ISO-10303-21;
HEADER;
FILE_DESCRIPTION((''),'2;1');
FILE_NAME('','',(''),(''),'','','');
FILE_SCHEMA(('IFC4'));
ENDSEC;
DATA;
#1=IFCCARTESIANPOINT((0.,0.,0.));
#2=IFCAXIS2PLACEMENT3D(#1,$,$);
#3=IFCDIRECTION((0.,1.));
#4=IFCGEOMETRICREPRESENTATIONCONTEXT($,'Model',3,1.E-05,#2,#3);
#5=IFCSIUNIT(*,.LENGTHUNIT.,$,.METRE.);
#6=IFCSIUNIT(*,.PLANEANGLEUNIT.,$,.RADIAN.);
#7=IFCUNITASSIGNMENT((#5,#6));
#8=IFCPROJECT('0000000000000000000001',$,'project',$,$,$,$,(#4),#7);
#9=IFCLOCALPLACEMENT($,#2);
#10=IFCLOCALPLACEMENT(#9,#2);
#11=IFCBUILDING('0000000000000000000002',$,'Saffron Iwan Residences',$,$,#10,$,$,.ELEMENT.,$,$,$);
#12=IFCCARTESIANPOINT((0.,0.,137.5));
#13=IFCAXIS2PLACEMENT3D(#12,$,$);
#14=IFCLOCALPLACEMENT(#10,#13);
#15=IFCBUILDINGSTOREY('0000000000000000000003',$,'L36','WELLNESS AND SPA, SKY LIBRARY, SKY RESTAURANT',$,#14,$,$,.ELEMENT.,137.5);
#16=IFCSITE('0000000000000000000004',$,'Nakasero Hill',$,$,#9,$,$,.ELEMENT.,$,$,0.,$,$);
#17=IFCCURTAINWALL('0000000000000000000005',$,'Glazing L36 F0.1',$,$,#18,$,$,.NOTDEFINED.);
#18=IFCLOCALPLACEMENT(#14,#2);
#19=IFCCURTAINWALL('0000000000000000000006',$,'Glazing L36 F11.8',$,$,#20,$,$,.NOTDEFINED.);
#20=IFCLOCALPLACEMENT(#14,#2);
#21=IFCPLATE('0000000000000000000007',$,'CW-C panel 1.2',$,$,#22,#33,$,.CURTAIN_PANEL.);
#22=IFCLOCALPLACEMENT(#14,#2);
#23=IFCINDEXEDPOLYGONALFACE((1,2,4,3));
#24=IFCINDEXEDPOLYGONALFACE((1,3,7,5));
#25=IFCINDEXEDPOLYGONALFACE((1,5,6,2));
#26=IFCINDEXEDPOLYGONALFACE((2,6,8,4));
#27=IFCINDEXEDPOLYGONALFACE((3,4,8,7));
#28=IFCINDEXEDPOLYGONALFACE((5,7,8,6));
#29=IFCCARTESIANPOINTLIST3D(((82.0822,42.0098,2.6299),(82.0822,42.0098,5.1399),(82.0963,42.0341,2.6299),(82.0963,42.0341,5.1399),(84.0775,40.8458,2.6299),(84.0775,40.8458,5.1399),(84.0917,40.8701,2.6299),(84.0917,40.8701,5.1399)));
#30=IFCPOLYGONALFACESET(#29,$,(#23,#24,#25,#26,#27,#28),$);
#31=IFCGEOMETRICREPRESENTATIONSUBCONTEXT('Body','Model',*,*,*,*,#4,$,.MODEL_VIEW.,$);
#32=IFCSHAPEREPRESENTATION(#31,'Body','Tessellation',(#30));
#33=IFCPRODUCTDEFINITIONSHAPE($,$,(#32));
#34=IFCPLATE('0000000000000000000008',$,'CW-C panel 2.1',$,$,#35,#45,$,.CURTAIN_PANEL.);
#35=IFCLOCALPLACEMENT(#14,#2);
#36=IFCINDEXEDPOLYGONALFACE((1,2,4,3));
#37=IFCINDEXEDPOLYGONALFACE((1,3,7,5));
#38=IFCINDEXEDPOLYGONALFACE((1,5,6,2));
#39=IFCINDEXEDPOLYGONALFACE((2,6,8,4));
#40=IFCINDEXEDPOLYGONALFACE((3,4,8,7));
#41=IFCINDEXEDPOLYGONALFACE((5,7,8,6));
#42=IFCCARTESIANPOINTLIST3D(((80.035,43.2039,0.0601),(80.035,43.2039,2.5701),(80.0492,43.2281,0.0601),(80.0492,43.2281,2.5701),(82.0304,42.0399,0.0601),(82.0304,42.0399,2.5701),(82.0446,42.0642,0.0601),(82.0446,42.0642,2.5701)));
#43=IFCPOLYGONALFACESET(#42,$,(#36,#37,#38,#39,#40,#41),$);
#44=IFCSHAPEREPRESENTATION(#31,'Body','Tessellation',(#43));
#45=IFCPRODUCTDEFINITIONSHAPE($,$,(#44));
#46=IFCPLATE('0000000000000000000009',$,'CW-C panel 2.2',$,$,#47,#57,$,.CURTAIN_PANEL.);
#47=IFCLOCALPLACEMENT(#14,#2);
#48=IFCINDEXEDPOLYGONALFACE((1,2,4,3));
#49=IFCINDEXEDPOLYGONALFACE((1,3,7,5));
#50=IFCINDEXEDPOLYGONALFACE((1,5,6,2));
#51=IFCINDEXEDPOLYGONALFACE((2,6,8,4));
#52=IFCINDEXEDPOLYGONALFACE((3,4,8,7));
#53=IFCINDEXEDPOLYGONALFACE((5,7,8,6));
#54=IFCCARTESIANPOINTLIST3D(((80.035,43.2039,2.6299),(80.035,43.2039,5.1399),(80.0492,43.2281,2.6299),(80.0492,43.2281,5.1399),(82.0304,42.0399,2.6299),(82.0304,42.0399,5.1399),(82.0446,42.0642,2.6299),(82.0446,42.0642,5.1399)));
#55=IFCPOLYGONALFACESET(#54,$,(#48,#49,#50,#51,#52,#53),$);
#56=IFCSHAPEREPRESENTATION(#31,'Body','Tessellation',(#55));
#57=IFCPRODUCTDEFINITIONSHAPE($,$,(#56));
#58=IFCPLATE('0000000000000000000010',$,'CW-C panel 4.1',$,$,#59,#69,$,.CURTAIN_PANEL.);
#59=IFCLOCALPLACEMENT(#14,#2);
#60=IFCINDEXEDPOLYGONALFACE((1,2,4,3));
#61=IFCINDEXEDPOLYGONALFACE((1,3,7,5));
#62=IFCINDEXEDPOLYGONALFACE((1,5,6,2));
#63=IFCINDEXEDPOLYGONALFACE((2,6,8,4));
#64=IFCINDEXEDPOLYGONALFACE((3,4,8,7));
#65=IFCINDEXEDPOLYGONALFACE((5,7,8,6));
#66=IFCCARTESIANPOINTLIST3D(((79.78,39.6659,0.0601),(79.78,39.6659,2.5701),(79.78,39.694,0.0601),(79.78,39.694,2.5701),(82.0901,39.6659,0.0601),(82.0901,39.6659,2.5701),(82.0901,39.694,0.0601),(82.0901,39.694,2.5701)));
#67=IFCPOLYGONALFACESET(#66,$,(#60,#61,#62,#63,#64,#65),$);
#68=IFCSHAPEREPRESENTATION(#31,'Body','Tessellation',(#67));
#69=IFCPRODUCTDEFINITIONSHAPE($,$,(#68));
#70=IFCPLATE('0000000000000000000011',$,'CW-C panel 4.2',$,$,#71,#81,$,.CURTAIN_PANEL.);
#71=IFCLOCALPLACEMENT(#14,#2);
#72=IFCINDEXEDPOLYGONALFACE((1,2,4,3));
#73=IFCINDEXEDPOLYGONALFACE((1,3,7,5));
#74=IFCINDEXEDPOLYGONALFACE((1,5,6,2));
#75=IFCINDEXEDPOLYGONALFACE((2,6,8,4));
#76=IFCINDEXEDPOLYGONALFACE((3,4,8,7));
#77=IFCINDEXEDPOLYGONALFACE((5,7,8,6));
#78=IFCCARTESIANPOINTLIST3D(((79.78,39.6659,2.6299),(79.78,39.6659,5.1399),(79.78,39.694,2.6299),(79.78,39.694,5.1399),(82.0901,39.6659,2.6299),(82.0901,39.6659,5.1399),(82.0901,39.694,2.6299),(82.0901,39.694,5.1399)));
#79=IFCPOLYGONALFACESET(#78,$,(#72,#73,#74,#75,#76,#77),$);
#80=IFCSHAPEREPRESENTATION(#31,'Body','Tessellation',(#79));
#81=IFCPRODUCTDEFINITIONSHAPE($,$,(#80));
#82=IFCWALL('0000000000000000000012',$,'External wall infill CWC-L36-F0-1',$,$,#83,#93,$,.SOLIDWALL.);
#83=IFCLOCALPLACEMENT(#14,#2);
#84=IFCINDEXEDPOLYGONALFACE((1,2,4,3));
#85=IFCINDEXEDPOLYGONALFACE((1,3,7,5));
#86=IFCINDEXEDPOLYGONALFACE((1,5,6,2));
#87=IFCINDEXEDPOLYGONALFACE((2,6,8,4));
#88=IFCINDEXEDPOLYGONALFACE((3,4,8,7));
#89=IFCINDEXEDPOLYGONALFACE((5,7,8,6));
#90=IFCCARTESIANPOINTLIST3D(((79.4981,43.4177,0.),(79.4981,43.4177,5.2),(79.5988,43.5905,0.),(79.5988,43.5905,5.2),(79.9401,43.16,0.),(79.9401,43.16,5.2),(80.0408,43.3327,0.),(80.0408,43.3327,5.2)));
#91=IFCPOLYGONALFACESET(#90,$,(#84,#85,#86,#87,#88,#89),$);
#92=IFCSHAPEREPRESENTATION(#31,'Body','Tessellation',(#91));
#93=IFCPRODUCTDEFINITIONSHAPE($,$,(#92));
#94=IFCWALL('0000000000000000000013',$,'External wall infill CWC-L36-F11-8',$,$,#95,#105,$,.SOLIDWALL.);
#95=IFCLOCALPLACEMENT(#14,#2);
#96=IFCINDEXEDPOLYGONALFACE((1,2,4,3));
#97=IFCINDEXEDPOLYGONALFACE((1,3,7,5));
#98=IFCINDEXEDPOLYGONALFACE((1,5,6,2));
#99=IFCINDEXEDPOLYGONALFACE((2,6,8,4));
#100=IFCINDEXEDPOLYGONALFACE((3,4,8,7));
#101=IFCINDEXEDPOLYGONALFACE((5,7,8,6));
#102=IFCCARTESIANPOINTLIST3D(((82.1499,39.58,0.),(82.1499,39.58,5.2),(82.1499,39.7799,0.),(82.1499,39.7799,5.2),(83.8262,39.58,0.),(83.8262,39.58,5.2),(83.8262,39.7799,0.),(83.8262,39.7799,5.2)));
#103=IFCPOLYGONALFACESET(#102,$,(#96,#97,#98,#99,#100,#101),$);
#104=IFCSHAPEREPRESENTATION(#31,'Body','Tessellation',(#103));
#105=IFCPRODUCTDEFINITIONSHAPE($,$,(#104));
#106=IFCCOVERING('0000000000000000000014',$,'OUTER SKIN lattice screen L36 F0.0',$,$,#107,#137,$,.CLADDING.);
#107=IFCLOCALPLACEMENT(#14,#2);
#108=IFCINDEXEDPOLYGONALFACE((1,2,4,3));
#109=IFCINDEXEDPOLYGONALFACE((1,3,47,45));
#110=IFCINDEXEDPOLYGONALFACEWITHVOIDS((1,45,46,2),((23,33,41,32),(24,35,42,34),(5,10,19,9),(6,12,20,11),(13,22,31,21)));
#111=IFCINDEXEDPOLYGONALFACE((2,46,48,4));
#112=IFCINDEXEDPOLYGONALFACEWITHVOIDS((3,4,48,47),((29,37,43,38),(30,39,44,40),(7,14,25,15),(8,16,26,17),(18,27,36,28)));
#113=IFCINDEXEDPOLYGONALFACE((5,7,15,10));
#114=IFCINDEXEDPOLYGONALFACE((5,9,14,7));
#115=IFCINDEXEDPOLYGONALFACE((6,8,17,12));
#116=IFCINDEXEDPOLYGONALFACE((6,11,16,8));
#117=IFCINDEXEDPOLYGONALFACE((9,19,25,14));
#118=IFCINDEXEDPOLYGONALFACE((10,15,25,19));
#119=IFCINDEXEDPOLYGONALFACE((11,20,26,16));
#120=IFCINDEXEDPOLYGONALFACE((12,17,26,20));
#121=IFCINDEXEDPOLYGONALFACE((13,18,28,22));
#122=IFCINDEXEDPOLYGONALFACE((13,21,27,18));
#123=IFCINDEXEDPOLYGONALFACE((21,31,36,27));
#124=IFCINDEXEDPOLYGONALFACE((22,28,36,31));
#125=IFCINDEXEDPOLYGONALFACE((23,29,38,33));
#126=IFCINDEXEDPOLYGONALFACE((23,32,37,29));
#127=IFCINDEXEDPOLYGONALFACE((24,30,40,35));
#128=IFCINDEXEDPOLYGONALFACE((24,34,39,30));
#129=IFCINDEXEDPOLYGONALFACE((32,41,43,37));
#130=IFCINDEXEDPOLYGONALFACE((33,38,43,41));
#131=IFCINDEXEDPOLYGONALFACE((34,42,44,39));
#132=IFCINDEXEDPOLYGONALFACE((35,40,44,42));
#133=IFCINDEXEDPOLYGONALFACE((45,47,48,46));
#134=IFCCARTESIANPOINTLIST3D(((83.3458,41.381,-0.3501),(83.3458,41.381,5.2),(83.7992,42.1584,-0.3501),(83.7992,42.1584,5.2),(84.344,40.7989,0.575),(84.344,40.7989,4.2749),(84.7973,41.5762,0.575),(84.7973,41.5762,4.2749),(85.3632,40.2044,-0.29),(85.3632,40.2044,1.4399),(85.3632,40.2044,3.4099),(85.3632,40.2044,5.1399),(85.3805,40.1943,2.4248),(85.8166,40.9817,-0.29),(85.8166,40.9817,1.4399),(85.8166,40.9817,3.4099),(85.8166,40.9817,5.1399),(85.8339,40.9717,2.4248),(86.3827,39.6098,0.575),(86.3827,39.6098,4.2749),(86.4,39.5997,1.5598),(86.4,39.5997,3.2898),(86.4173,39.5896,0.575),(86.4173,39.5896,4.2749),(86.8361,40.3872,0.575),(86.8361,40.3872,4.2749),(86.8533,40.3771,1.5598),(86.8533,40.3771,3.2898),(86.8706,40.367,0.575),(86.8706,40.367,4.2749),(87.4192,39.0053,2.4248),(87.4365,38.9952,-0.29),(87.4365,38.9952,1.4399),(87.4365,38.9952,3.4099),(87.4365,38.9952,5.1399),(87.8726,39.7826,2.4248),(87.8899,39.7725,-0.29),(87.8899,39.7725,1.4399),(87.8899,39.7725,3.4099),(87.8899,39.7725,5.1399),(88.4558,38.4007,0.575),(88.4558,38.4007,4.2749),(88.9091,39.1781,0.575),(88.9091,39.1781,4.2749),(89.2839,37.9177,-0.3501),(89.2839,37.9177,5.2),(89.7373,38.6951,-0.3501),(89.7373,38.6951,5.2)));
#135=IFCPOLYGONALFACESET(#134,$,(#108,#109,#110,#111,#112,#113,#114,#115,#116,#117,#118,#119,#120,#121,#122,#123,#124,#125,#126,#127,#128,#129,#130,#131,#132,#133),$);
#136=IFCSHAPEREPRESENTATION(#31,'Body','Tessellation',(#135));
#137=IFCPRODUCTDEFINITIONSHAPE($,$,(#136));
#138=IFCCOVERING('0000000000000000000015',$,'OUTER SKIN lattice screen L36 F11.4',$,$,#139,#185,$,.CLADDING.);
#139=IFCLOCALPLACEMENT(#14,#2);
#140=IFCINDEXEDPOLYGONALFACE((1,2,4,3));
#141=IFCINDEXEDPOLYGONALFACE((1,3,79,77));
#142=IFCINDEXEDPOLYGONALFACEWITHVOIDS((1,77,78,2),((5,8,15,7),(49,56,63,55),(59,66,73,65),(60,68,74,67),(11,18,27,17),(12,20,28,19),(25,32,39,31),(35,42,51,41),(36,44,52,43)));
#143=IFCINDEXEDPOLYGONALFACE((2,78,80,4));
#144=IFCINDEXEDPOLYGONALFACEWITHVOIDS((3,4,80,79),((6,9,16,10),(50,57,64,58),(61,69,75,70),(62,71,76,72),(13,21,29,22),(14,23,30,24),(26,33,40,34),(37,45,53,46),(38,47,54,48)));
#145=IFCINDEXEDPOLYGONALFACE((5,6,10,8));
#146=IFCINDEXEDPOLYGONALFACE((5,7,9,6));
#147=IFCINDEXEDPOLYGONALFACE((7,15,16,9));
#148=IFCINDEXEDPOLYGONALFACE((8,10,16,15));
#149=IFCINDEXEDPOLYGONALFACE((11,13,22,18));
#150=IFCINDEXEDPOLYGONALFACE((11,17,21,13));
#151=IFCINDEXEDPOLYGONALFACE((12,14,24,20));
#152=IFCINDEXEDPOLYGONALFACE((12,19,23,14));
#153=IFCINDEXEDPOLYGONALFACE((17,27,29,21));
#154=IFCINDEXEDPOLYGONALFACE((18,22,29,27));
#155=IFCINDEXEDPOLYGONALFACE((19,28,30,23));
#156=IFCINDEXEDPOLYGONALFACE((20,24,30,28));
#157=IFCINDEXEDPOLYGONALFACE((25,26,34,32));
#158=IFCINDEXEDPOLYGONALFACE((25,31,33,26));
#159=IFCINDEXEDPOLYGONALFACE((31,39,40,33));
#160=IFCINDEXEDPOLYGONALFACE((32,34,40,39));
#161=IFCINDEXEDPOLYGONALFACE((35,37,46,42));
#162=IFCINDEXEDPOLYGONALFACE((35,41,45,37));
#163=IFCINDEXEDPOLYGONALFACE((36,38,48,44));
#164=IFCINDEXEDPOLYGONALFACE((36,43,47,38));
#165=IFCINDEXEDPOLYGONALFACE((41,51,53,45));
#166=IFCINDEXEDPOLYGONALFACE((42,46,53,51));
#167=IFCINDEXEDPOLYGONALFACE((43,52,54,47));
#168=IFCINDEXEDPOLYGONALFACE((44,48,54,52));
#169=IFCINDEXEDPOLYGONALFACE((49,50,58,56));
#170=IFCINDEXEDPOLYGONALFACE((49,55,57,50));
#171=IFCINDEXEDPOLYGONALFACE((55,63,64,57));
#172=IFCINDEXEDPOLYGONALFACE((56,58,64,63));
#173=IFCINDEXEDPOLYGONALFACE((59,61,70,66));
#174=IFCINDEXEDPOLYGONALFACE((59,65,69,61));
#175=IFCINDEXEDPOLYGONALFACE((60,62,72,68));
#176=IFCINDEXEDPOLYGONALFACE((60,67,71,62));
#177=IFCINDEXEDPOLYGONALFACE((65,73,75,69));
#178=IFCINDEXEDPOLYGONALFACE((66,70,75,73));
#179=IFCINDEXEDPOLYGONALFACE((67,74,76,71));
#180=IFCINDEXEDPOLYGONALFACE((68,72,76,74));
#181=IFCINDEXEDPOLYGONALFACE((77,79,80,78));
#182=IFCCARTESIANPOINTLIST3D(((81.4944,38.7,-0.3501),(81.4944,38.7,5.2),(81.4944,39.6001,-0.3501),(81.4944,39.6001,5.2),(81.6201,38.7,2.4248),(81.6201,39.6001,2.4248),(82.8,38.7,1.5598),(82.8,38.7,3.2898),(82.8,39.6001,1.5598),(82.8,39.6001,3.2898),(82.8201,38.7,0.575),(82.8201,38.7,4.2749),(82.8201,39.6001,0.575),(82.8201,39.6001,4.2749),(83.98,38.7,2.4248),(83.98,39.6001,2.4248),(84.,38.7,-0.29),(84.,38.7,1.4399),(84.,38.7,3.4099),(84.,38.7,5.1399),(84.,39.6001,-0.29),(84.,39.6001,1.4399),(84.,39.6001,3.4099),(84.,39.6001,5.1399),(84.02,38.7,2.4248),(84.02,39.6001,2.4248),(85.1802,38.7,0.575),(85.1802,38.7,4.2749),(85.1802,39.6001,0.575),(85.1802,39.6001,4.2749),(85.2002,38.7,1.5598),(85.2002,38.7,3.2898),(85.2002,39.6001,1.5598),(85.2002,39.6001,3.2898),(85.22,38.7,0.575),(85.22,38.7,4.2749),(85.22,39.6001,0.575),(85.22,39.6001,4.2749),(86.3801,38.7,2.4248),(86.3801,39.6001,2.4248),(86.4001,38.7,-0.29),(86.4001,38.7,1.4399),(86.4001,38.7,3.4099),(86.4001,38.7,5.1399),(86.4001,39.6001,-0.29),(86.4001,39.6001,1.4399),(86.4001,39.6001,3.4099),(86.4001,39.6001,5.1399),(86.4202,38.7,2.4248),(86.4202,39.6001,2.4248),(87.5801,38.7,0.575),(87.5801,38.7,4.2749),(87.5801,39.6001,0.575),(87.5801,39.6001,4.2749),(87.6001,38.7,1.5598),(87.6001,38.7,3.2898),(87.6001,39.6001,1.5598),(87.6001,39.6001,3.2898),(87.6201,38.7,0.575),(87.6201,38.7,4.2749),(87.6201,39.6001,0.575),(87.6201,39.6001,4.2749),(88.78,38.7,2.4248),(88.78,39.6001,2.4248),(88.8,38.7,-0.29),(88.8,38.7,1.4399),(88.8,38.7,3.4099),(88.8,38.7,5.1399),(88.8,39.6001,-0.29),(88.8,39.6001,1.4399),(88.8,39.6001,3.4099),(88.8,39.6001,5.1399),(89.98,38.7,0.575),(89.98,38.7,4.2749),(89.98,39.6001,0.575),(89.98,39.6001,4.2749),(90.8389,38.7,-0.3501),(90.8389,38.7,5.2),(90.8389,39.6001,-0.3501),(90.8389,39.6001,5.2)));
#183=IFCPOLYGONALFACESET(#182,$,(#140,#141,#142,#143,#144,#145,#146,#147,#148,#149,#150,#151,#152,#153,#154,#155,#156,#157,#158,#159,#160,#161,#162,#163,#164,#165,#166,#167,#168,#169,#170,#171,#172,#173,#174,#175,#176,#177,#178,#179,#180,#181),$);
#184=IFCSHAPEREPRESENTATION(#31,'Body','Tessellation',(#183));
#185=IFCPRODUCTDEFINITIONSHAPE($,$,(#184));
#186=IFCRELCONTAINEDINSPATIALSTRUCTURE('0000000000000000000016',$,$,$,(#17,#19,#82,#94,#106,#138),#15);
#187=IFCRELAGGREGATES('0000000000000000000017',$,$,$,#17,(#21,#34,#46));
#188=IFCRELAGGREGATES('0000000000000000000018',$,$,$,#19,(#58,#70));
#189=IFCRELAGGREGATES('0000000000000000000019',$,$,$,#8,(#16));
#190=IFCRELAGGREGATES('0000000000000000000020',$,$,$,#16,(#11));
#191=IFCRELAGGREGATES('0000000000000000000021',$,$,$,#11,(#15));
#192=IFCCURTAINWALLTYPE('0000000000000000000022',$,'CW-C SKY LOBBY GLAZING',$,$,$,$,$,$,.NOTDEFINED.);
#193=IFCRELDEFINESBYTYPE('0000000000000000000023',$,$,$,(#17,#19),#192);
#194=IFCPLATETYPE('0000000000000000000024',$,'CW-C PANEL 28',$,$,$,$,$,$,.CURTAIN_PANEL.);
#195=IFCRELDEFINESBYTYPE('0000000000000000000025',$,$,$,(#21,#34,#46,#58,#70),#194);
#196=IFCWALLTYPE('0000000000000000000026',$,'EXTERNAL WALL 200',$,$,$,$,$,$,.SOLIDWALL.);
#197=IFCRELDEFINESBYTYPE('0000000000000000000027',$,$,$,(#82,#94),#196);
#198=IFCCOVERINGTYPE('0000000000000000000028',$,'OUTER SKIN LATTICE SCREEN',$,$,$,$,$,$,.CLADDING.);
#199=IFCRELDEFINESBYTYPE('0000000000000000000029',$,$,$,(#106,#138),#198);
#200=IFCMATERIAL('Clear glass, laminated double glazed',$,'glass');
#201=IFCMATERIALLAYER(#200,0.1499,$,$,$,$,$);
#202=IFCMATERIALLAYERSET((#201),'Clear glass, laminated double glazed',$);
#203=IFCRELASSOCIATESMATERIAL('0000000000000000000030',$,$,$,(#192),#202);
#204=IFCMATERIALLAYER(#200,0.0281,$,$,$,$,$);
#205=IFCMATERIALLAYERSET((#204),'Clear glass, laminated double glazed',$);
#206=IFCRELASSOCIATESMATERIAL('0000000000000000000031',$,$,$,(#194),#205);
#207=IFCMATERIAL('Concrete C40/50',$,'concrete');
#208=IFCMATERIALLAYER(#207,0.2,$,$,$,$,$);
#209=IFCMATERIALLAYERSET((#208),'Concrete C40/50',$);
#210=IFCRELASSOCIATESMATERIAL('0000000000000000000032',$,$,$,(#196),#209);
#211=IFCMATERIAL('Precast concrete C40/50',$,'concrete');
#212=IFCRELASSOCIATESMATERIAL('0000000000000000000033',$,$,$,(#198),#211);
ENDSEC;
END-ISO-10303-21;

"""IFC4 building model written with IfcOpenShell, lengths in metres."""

from ifc_helpers import new_model, si_unit, direction, frame, frame_2d, origin, origin_2d, place, context, subcontext, project, spatial, polyline, rectangle, outline, extrude, source, transform, mapped, material, layer, layer_set, type_object, element, aggregate, save


model = new_model("IFC4")

# Units and contexts
model_context = context("Model", 3, precision=1e-05, world=origin(), true_north=direction((0.0, 1.0)))
body_context = subcontext(model_context, "Body", "Model", "MODEL_VIEW")
ifc_project = project(units=[si_unit("LENGTHUNIT", "METRE"), si_unit("PLANEANGLEUNIT", "RADIAN")], contexts=[model_context])

# Site, building, storey
site_placement = place(None, origin())
site = spatial("IfcSite", under=ifc_project, at=site_placement, Name="Nakasero Hill", CompositionType="ELEMENT", RefElevation=0.0)
building_placement = place(site_placement, origin())
building = spatial("IfcBuilding", under=site, at=building_placement, Name="Saffron Iwan Residences", CompositionType="ELEMENT")
storey_placement = place(building_placement, frame((0.0, 0.0, 137.5)))
storey = spatial("IfcBuildingStorey", under=building, at=storey_placement, Name="L36", Description="WELLNESS AND SPA, SKY LIBRARY, SKY RESTAURANT", CompositionType="ELEMENT", Elevation=137.5)

# Curtain wall
ifc_material_1 = material(Name="Clear glass, laminated double glazed", Category="glass")
ifc_layer_1 = layer(ifc_material_1, 0.1499)
ifc_layer_set_1 = layer_set([ifc_layer_1], Name="Clear glass, laminated double glazed")
curtain_wall_type = type_object("IfcCurtainWallType", Name="CW-C SKY LOBBY GLAZING", PredefinedType="NOTDEFINED", material=ifc_layer_set_1)
curtain_wall_1_placement = place(storey_placement, origin())
curtain_wall_1 = element("IfcCurtainWall", 1, at=curtain_wall_1_placement, inside=storey, type_object=curtain_wall_type, Name="Glazing L36 F0.1", PredefinedType="NOTDEFINED")

# Curtain wall
curtain_wall_2_placement = place(storey_placement, origin())
curtain_wall_2 = element("IfcCurtainWall", 2, at=curtain_wall_2_placement, inside=storey, type_object=curtain_wall_type, Name="Glazing L36 F11.8", PredefinedType="NOTDEFINED")

# Plates
ifc_layer_2 = layer(ifc_material_1, 0.0281)
ifc_layer_set_2 = layer_set([ifc_layer_2], Name="Clear glass, laminated double glazed")
plate_type = type_object("IfcPlateType", Name="CW-C PANEL 28", PredefinedType="CURTAIN_PANEL", material=ifc_layer_set_2)
shared_shape_1 = source(origin(), body_context, "Body", "SweptSolid", [
    extrude(rectangle(XDim=2.3101, YDim=0.0281, at=origin_2d()), origin(), (0.0, 0.0, 1.0), 2.51),
])
plate_1_placement = place(storey_placement, frame((83.0869, 41.4399, 2.6299), z_axis=(0.0, 0.0, 1.0), x_axis=(-0.863779, 0.503871, 0.0)))
plate_1 = element("IfcPlate", 3, at=plate_1_placement, type_object=plate_type, Name="CW-C panel 1.2", PredefinedType="CURTAIN_PANEL", context=body_context, shape_type="MappedRepresentation", body=[
    mapped(shared_shape_1, transform((0.0, 0.0, 0.0))),
])
plate_2_placement = place(storey_placement, frame((81.0398, 42.634, 0.0601), z_axis=(0.0, 0.0, 1.0), x_axis=(-0.863779, 0.503871, 0.0)))
plate_2 = element("IfcPlate", 4, at=plate_2_placement, type_object=plate_type, Name="CW-C panel 2.1", PredefinedType="CURTAIN_PANEL", context=body_context, shape_type="MappedRepresentation", body=[
    mapped(shared_shape_1, transform((0.0, 0.0, 0.0))),
])
plate_3_placement = place(storey_placement, frame((81.0398, 42.634, 2.6299), z_axis=(0.0, 0.0, 1.0), x_axis=(-0.863779, 0.503871, 0.0)))
plate_3 = element("IfcPlate", 5, at=plate_3_placement, type_object=plate_type, Name="CW-C panel 2.2", PredefinedType="CURTAIN_PANEL", context=body_context, shape_type="MappedRepresentation", body=[
    mapped(shared_shape_1, transform((0.0, 0.0, 0.0))),
])
aggregate(curtain_wall_1, [plate_1, plate_2, plate_3])
plate_4_placement = place(storey_placement, frame((80.9351, 39.6799, 0.0601), z_axis=(0.0, 0.0, 1.0), x_axis=(1.0, 0.0, 0.0)))
plate_4 = element("IfcPlate", 6, at=plate_4_placement, type_object=plate_type, Name="CW-C panel 4.1", PredefinedType="CURTAIN_PANEL", context=body_context, shape_type="MappedRepresentation", body=[
    mapped(shared_shape_1, transform((0.0, 0.0, 0.0))),
])
plate_5_placement = place(storey_placement, frame((80.9351, 39.6799, 2.6299), z_axis=(0.0, 0.0, 1.0), x_axis=(1.0, 0.0, 0.0)))
plate_5 = element("IfcPlate", 7, at=plate_5_placement, type_object=plate_type, Name="CW-C panel 4.2", PredefinedType="CURTAIN_PANEL", context=body_context, shape_type="MappedRepresentation", body=[
    mapped(shared_shape_1, transform((0.0, 0.0, 0.0))),
])
aggregate(curtain_wall_2, [plate_4, plate_5])

# Walls
ifc_material_2 = material(Name="Concrete C40/50", Category="concrete")
ifc_layer_3 = layer(ifc_material_2, 0.2)
ifc_layer_set_3 = layer_set([ifc_layer_3], Name="Concrete C40/50")
wall_type = type_object("IfcWallType", Name="EXTERNAL WALL 200", PredefinedType="SOLIDWALL", material=ifc_layer_set_3)
wall_1_placement = place(storey_placement, frame((79.9905, 43.2463, 0.0), z_axis=(0.0, 0.0, 1.0), x_axis=(-0.863865, 0.503723, 0.0)))
element("IfcWall", 8, at=wall_1_placement, inside=storey, type_object=wall_type, Name="External wall infill CWC-L36-F0-1", PredefinedType="SOLIDWALL", context=body_context, shape_type="SweptSolid", body=[
    extrude(rectangle(XDim=0.5117, YDim=0.2, at=frame_2d((0.2559, 0.0))), origin(), (0.0, 0.0, 1.0), 5.2),
])
wall_2_placement = place(storey_placement, frame((82.1499, 39.6799, 0.0), z_axis=(0.0, 0.0, 1.0), x_axis=(1.0, 0.0, 0.0)))
element("IfcWall", 9, at=wall_2_placement, inside=storey, type_object=wall_type, Name="External wall infill CWC-L36-F11-8", PredefinedType="SOLIDWALL", context=body_context, shape_type="SweptSolid", body=[
    extrude(rectangle(XDim=1.6763, YDim=0.2, at=frame_2d((0.8381, 0.0))), origin(), (0.0, 0.0, 1.0), 5.2),
])

# Coverings
ifc_material_3 = material(Name="Precast concrete C40/50", Category="concrete")
covering_type = type_object("IfcCoveringType", Name="OUTER SKIN LATTICE SCREEN", PredefinedType="CLADDING", material=ifc_material_3)
covering_1_placement = place(storey_placement, frame((89.2839, 37.9177, -0.3501), z_axis=(0.503804, 0.863818, 0.0), x_axis=(-0.863818, 0.503804, 0.0)))
element("IfcCovering", 10, at=covering_1_placement, inside=storey, type_object=covering_type, Name="OUTER SKIN lattice screen L36 F0.0", PredefinedType="CLADDING", context=body_context, shape_type="SweptSolid", body=[
    extrude(outline(polyline([(0.0, 0.0), (6.8743, 0.0), (6.8743, 5.55), (0.0, 5.55), (0.0, 0.0)]), holes=[polyline([(0.9587, 0.925), (2.1387, 0.0601), (3.3186, 0.925), (2.1387, 1.79), (0.9587, 0.925)]), polyline([(3.3586, 0.925), (4.5388, 0.0601), (5.7188, 0.925), (4.5388, 1.79), (3.3586, 0.925)]), polyline([(2.1587, 2.7749), (3.3386, 1.9099), (4.5188, 2.7749), (3.3386, 3.6399), (2.1587, 2.7749)]), polyline([(0.9587, 4.625), (2.1387, 3.76), (3.3186, 4.625), (2.1387, 5.49), (0.9587, 4.625)]), polyline([(3.3586, 4.625), (4.5388, 3.76), (5.7188, 4.625), (4.5388, 5.49), (3.3586, 4.625)])]), origin(), (0.0, 0.0, 1.0), 0.8999),
])
covering_2_placement = place(storey_placement, frame((81.4944, 39.6001, -0.3501), z_axis=(0.0, -1.0, 0.0), x_axis=(1.0, 0.0, 0.0)))
element("IfcCovering", 11, at=covering_2_placement, inside=storey, type_object=covering_type, Name="OUTER SKIN lattice screen L36 F11.4", PredefinedType="CLADDING", context=body_context, shape_type="SweptSolid", body=[
    extrude(outline(polyline([(0.0, 0.0), (9.3445, 0.0), (9.3445, 5.55), (0.0, 5.55), (0.0, 0.0)]), holes=[polyline([(1.3257, 0.925), (2.5056, 0.0601), (3.6858, 0.925), (2.5056, 1.79), (1.3257, 0.925)]), polyline([(3.7256, 0.925), (4.9058, 0.0601), (6.0857, 0.925), (4.9058, 1.79), (3.7256, 0.925)]), polyline([(6.1257, 0.925), (7.3057, 0.0601), (8.4856, 0.925), (7.3057, 1.79), (6.1257, 0.925)]), polyline([(0.1257, 2.7749), (1.3057, 1.9099), (2.4856, 2.7749), (1.3057, 3.6399), (0.1257, 2.7749)]), polyline([(2.5256, 2.7749), (3.7058, 1.9099), (4.8857, 2.7749), (3.7058, 3.6399), (2.5256, 2.7749)]), polyline([(4.9258, 2.7749), (6.1057, 1.9099), (7.2856, 2.7749), (6.1057, 3.6399), (4.9258, 2.7749)]), polyline([(1.3257, 4.625), (2.5056, 3.76), (3.6858, 4.625), (2.5056, 5.49), (1.3257, 4.625)]), polyline([(3.7256, 4.625), (4.9058, 3.76), (6.0857, 4.625), (4.9058, 5.49), (3.7256, 4.625)]), polyline([(6.1257, 4.625), (7.3057, 3.76), (8.4856, 4.625), (7.3057, 5.49), (6.1257, 4.625)])]), origin(), (0.0, 0.0, 1.0), 0.9001),
])

save(model, "model.ifc")
